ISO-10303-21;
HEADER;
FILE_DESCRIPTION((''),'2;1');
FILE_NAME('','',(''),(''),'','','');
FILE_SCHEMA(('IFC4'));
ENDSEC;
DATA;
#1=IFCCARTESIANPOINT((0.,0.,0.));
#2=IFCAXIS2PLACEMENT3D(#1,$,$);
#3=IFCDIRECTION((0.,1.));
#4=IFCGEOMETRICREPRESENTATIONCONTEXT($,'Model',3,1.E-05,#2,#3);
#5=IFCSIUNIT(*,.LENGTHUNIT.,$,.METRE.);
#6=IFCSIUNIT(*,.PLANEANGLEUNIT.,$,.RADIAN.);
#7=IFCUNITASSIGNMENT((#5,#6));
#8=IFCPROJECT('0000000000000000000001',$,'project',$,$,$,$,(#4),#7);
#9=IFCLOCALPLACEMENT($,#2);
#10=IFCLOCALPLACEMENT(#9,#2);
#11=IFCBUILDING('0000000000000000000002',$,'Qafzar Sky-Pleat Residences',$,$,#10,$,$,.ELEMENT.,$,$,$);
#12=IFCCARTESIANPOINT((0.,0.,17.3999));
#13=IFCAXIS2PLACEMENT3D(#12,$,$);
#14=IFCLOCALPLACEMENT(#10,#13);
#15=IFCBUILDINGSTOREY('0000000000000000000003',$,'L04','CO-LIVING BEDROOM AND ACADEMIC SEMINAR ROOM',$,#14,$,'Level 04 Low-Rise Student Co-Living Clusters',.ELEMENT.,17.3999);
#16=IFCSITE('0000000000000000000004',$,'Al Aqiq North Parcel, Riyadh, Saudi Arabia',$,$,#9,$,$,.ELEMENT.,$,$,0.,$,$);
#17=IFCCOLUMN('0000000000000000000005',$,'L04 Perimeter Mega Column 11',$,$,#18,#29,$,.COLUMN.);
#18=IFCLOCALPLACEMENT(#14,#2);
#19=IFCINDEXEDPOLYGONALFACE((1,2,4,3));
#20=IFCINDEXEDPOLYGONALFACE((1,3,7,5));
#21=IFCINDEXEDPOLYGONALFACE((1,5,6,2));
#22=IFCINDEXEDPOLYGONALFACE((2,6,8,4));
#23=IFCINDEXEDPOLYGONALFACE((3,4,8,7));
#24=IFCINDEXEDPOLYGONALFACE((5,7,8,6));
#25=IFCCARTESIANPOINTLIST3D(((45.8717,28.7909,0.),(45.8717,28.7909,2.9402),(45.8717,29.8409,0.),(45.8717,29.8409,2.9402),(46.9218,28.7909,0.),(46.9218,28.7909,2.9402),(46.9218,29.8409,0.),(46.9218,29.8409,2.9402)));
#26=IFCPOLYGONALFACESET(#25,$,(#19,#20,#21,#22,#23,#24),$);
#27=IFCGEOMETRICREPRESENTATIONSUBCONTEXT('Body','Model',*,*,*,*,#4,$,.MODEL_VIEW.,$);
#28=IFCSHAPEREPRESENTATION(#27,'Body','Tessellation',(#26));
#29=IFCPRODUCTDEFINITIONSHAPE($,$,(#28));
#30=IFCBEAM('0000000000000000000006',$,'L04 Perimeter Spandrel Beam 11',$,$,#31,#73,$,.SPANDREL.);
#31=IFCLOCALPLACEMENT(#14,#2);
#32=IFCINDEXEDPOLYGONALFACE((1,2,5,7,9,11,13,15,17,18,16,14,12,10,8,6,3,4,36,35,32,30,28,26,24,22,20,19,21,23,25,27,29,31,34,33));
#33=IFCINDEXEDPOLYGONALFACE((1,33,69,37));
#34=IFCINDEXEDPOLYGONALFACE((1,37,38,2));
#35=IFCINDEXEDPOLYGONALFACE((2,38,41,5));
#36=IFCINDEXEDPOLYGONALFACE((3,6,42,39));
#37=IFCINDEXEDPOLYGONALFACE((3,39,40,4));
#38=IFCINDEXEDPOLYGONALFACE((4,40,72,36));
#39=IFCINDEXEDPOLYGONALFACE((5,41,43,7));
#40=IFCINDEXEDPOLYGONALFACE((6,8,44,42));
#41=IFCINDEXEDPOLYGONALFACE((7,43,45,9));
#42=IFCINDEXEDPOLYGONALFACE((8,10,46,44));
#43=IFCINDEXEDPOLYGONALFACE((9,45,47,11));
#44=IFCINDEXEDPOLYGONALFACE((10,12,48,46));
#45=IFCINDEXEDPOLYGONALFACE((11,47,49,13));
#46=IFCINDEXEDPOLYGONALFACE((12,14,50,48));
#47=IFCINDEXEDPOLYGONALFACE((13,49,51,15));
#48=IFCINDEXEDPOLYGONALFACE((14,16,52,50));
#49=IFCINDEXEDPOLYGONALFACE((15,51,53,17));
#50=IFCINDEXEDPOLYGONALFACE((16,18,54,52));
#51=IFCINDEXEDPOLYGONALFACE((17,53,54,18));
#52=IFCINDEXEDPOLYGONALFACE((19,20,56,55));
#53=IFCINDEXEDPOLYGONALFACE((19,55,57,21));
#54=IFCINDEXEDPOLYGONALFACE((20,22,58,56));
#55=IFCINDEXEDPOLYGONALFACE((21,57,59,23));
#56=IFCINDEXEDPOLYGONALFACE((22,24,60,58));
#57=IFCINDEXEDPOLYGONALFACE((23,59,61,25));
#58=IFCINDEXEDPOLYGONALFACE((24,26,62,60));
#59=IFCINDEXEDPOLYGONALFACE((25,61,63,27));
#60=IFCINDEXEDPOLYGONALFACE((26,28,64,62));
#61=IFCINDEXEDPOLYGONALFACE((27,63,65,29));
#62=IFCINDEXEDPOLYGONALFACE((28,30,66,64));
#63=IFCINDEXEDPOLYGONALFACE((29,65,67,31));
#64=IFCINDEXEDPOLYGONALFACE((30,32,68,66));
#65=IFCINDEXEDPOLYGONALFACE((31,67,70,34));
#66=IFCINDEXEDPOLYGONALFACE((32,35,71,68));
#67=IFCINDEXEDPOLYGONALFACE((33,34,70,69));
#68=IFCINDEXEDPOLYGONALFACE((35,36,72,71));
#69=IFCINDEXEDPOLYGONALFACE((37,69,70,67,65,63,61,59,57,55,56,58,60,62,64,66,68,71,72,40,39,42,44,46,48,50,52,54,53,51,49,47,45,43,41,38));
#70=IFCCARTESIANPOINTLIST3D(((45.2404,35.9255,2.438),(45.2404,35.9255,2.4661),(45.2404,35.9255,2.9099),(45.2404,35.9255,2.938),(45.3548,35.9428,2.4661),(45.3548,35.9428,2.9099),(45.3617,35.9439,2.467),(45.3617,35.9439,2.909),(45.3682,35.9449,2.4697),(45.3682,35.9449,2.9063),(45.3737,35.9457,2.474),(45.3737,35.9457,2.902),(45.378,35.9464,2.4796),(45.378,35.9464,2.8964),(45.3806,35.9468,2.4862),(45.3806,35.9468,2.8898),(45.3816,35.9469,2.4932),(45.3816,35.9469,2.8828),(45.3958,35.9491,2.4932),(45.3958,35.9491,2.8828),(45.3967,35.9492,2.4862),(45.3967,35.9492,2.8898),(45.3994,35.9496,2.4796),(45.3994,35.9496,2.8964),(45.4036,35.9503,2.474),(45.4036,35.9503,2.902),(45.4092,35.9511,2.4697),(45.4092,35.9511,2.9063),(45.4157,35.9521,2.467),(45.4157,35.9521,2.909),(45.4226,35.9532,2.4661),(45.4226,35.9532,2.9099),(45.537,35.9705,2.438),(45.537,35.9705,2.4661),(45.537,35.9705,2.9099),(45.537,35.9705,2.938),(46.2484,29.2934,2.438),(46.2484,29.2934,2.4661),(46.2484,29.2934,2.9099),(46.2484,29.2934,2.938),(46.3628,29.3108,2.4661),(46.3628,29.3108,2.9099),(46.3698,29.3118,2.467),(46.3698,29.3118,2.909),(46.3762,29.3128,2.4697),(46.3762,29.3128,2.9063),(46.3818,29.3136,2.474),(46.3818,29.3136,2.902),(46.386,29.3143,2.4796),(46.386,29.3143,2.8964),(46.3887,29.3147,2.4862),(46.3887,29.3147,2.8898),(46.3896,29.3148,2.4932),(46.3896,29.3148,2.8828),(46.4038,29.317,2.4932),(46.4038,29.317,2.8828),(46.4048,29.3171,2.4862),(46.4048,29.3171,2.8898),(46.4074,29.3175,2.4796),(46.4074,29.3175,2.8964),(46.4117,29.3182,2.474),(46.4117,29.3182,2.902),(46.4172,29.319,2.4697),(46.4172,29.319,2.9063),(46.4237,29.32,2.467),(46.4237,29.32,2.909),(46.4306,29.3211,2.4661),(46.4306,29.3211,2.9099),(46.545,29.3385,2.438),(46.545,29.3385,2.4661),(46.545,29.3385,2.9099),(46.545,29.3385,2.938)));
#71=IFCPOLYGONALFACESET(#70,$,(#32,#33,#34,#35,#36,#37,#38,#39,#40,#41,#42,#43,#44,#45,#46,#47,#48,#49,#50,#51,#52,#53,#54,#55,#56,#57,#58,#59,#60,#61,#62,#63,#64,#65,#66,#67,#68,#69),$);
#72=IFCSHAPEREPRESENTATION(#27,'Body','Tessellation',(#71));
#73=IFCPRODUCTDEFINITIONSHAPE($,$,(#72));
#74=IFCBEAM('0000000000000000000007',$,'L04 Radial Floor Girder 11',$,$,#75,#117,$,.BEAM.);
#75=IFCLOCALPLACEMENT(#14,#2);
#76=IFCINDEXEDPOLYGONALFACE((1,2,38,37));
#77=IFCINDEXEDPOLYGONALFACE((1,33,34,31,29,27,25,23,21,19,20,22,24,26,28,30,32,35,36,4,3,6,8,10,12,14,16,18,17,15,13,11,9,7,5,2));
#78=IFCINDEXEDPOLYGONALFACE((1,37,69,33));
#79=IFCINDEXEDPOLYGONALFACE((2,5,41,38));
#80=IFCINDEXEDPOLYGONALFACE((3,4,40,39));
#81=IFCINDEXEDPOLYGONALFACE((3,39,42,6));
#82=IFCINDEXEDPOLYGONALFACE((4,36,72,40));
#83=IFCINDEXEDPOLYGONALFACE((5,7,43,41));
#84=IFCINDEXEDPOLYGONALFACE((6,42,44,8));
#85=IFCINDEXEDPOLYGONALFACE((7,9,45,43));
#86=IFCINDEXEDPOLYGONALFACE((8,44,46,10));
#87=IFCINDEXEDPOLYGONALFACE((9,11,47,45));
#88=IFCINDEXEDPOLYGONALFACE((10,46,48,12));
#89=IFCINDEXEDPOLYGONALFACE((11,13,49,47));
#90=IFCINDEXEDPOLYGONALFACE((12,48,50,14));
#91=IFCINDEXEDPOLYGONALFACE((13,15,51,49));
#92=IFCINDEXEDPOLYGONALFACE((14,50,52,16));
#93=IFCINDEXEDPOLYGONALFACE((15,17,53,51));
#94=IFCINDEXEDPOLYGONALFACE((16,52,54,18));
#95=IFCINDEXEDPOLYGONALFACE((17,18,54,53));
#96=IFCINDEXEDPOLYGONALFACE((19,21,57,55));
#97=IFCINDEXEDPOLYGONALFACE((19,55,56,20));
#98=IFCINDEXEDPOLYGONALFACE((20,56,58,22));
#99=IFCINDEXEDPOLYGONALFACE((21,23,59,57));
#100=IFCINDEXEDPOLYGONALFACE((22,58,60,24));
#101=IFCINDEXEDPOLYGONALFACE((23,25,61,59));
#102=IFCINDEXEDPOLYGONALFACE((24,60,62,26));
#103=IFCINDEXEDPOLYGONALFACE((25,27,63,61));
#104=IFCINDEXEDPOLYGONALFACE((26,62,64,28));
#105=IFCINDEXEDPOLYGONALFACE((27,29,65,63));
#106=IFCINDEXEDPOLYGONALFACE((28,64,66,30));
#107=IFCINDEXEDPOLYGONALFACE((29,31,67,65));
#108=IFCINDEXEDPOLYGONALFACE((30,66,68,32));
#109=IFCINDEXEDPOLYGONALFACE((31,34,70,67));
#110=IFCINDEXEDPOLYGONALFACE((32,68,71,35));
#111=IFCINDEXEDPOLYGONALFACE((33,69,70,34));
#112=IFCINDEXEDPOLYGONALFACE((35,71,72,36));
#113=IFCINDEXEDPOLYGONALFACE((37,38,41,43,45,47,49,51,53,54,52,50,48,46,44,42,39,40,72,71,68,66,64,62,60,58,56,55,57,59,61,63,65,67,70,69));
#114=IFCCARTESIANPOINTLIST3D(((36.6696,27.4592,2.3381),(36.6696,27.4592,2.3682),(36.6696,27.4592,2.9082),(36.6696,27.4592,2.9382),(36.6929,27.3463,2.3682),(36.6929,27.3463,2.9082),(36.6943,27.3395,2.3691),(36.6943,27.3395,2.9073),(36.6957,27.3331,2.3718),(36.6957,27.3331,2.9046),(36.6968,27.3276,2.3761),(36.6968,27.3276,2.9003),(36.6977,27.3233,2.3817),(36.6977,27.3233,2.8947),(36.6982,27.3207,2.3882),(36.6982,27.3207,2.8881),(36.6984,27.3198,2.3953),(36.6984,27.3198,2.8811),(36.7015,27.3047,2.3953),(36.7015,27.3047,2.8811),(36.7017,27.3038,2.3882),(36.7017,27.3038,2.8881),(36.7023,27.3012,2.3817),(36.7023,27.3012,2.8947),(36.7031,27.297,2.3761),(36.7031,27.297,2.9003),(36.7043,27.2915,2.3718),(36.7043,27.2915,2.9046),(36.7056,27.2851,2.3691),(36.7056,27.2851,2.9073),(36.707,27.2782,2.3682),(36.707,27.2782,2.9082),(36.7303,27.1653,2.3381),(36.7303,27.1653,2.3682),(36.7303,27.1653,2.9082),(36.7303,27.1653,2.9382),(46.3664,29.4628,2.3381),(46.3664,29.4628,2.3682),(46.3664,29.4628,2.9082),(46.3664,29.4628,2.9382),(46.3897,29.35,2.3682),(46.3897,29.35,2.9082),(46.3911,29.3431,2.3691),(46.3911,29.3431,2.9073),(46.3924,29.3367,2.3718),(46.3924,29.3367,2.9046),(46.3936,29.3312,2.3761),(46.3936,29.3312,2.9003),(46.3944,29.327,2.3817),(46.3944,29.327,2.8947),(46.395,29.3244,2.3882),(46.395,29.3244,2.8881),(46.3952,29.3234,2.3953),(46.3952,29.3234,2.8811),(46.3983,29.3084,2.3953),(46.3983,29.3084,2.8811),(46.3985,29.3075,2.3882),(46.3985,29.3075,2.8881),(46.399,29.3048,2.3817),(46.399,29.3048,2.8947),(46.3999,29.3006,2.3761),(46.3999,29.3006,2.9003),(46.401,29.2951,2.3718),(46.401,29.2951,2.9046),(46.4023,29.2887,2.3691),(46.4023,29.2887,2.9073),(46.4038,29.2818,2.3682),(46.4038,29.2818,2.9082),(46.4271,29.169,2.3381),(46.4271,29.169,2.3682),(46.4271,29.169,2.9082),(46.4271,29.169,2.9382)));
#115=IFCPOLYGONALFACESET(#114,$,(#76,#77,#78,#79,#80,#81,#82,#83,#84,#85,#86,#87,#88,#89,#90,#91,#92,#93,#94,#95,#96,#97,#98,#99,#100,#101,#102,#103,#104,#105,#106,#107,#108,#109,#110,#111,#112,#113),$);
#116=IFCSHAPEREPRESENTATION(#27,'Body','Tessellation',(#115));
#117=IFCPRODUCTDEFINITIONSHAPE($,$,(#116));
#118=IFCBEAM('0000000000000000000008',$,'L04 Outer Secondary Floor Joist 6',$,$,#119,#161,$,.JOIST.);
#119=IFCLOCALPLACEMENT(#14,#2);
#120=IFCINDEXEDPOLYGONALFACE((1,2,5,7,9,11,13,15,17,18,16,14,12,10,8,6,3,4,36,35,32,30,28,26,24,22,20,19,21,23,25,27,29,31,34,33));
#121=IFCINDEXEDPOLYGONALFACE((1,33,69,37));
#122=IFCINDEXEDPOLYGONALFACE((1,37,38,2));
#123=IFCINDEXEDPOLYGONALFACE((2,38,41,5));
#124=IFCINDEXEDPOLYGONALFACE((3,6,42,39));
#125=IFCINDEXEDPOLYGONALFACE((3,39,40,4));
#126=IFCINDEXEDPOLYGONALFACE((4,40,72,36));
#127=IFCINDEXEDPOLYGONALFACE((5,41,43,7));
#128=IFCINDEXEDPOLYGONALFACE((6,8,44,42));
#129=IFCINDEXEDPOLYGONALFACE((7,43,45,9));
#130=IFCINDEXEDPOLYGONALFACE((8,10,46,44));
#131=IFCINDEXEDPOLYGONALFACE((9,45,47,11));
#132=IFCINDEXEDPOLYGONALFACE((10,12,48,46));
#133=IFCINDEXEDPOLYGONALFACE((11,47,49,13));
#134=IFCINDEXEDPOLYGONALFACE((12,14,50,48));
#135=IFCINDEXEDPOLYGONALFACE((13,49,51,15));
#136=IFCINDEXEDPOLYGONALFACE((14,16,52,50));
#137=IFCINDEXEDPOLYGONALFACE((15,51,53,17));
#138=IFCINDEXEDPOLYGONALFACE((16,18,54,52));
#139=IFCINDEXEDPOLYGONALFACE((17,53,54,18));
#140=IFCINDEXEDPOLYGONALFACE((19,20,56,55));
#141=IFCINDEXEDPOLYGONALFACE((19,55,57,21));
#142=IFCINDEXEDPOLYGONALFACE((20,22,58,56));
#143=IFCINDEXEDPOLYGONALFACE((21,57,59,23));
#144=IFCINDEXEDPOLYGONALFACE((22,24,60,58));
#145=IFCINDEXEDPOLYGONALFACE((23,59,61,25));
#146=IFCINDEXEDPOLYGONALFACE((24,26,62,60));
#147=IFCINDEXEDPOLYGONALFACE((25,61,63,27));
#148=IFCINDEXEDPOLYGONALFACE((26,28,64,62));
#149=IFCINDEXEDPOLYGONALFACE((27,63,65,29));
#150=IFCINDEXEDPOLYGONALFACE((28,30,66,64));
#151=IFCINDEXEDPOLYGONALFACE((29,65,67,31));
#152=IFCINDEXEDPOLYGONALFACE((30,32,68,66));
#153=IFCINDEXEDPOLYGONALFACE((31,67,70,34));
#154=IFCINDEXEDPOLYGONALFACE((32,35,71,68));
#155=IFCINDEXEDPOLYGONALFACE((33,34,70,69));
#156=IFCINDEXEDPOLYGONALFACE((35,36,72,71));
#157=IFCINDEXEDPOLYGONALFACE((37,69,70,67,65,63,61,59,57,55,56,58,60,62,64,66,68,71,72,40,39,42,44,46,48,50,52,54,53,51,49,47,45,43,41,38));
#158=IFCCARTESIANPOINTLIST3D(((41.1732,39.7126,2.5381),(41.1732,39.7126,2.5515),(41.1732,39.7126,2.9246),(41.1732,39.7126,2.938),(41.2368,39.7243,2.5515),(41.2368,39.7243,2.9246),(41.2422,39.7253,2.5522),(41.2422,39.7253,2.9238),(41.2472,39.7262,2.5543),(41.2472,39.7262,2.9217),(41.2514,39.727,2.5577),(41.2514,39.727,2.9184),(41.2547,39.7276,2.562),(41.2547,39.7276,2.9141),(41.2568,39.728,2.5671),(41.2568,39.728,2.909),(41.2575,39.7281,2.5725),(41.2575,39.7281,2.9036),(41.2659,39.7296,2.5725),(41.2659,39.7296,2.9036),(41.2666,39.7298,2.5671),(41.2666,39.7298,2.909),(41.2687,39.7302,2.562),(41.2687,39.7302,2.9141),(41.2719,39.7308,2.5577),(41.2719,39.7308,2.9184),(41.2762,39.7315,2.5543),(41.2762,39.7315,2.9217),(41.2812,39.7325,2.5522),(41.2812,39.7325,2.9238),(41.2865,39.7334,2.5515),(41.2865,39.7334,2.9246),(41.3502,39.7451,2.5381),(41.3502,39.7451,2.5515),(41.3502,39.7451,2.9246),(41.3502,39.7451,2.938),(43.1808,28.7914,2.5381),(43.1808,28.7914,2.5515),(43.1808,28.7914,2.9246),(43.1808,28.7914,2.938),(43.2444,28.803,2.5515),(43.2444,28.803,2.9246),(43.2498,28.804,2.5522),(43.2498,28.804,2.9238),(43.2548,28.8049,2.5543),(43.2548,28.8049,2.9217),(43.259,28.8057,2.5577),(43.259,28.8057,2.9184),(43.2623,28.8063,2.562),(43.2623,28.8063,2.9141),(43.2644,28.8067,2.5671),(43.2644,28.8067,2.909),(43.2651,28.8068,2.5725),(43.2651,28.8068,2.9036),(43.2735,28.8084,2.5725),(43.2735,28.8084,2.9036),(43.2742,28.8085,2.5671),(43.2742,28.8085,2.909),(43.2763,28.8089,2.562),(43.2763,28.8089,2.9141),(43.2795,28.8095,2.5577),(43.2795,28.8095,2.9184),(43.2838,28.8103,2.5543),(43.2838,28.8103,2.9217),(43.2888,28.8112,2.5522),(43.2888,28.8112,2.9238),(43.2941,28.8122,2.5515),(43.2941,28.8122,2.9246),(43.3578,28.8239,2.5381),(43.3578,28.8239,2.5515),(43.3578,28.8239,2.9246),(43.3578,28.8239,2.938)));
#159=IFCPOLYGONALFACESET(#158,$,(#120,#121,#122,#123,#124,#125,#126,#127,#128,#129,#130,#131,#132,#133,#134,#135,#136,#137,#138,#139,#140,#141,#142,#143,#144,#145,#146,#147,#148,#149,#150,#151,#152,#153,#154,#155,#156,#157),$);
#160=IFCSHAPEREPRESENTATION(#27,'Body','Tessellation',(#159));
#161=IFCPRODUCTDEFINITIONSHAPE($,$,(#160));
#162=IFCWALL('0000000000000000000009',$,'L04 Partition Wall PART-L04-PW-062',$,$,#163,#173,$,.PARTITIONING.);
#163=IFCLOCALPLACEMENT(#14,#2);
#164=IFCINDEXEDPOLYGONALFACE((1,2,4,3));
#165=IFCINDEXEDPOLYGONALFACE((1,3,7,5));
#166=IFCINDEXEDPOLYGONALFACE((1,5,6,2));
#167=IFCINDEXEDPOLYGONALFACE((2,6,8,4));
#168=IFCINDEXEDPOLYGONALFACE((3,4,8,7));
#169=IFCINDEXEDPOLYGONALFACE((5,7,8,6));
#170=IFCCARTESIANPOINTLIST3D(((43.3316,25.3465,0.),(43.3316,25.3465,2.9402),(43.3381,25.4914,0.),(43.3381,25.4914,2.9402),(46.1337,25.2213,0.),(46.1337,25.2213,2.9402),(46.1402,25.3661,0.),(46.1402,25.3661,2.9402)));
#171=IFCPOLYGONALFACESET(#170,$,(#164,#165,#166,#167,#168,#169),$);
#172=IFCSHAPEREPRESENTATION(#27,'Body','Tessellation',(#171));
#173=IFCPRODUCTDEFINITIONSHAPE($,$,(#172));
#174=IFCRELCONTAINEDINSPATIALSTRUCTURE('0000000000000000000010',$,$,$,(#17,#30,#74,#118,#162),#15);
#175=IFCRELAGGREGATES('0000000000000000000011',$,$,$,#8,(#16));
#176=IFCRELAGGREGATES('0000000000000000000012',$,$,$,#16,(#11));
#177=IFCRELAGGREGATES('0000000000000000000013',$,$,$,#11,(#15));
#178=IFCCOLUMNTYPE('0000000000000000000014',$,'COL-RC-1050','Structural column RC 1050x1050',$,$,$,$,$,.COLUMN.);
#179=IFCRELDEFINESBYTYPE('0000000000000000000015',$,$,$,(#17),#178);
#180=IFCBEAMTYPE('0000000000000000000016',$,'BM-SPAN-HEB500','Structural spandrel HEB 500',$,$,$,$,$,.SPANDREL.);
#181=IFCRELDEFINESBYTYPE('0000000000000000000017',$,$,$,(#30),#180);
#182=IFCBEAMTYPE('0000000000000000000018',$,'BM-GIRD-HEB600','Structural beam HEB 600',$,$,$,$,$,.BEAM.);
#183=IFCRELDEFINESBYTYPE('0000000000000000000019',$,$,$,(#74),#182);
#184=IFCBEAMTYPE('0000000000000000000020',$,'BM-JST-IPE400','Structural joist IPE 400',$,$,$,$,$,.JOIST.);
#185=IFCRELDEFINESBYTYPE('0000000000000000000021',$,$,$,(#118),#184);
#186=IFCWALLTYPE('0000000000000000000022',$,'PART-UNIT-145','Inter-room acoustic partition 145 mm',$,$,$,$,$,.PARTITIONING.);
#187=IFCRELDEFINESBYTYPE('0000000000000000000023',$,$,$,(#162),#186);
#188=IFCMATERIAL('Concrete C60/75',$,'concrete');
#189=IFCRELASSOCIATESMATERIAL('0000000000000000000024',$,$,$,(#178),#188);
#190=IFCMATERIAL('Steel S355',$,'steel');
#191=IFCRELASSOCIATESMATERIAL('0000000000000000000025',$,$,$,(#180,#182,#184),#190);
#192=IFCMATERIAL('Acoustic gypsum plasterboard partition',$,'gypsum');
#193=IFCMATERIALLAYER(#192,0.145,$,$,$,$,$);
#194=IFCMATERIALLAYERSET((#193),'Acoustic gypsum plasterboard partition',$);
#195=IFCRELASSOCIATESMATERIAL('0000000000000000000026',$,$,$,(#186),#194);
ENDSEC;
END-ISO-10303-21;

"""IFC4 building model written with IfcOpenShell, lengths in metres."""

from ifc_helpers import new_model, si_unit, direction, frame, frame_2d, origin, origin_2d, place, context, subcontext, project, spatial, rectangle, i_section, extrude, source, transform, mapped, material, layer, layer_set, material_profile, profile_set, type_object, element, save


model = new_model("IFC4")

# Units and contexts
model_context = context("Model", 3, precision=1e-05, world=origin(), true_north=direction((0.0, 1.0)))
body_context = subcontext(model_context, "Body", "Model", "MODEL_VIEW")
ifc_project = project(units=[si_unit("LENGTHUNIT", "METRE"), si_unit("PLANEANGLEUNIT", "RADIAN")], contexts=[model_context])

# Site, building, storey
site_placement = place(None, origin())
site = spatial("IfcSite", under=ifc_project, at=site_placement, Name="Al Aqiq North Parcel, Riyadh, Saudi Arabia", CompositionType="ELEMENT", RefElevation=0.0)
building_placement = place(site_placement, origin())
building = spatial("IfcBuilding", under=site, at=building_placement, Name="Qafzar Sky-Pleat Residences", CompositionType="ELEMENT")
storey_placement = place(building_placement, frame((0.0, 0.0, 17.3999)))
storey = spatial("IfcBuildingStorey", under=building, at=storey_placement, Name="L04", Description="CO-LIVING BEDROOM AND ACADEMIC SEMINAR ROOM", LongName="Level 04 Low-Rise Student Co-Living Clusters", CompositionType="ELEMENT", Elevation=17.3999)

# Column
ifc_material_1 = material(Name="Concrete C60/75", Category="concrete")
ifc_material_profile_1 = material_profile(ifc_material_1, rectangle(XDim=1.05, YDim=1.05, at=origin_2d()), Name="RC 1050x1050")
ifc_profile_set_1 = profile_set([ifc_material_profile_1], Name="Concrete C60/75")
column_type = type_object("IfcColumnType", Name="COL-RC-1050", Description="Structural column RC 1050x1050", PredefinedType="COLUMN", material=ifc_profile_set_1)
shared_shape_1 = source(origin(), body_context, "Body", "SweptSolid", [
    extrude(rectangle(XDim=1.05, YDim=1.05, at=origin_2d()), origin(), (0.0, 0.0, 1.0), 2.9402),
])
column_placement = place(storey_placement, frame((46.3967, 29.3159, 0.0), z_axis=(0.0, 0.0, 1.0), x_axis=(1.0, 0.0, 0.0)))
element("IfcColumn", 1, at=column_placement, inside=storey, type_object=column_type, Name="L04 Perimeter Mega Column 11", PredefinedType="COLUMN", context=body_context, shape_type="MappedRepresentation", body=[
    mapped(shared_shape_1, transform((0.0, 0.0, 0.0), x_axis=(1.0, 0.0, 0.0), y_axis=(0.0, 1.0, 0.0), z_axis=(0.0, 0.0, 1.0), scale=1.0)),
])

# Beams
ifc_material_2 = material(Name="Steel S355", Category="steel")
ifc_material_profile_2 = material_profile(ifc_material_2, i_section(OverallWidth=0.3, OverallDepth=0.5, WebThickness=0.0144, FlangeThickness=0.0281, FilletRadius=0.0271, at=origin_2d()), Name="HEB 500")
ifc_profile_set_2 = profile_set([ifc_material_profile_2], Name="Steel S355")
beam_type_1 = type_object("IfcBeamType", Name="BM-SPAN-HEB500", Description="Structural spandrel HEB 500", PredefinedType="SPANDREL", material=ifc_profile_set_2)
shared_shape_2 = source(origin(), body_context, "Body", "SweptSolid", [
    extrude(i_section(OverallWidth=0.3, OverallDepth=0.5, WebThickness=0.0144, FlangeThickness=0.0281, FilletRadius=0.0271, at=origin_2d()), origin(), (0.0, 0.0, 1.0), 6.7083),
])
beam_1_placement = place(storey_placement, frame((46.3967, 29.3159, 2.688), z_axis=(-0.150271, 0.988645, 0.0), x_axis=(-0.988645, -0.150271, 0.0)))
element("IfcBeam", 2, at=beam_1_placement, inside=storey, type_object=beam_type_1, Name="L04 Perimeter Spandrel Beam 11", PredefinedType="SPANDREL", context=body_context, shape_type="MappedRepresentation", body=[
    mapped(shared_shape_2, transform((0.0, 0.0, 0.0), x_axis=(1.0, 0.0, 0.0), y_axis=(0.0, 1.0, 0.0), z_axis=(0.0, 0.0, 1.0), scale=1.0)),
])
ifc_material_profile_3 = material_profile(ifc_material_2, i_section(OverallWidth=0.3, OverallDepth=0.6001, WebThickness=0.0154, FlangeThickness=0.03, FilletRadius=0.0271, at=origin_2d()), Name="HEB 600")
ifc_profile_set_3 = profile_set([ifc_material_profile_3], Name="Steel S355")
beam_type_2 = type_object("IfcBeamType", Name="BM-GIRD-HEB600", Description="Structural beam HEB 600", PredefinedType="BEAM", material=ifc_profile_set_3)
shared_shape_3 = source(origin(), body_context, "Body", "SweptSolid", [
    extrude(i_section(OverallWidth=0.3, OverallDepth=0.6001, WebThickness=0.0154, FlangeThickness=0.03, FilletRadius=0.0271, at=origin_2d()), origin(), (0.0, 0.0, 1.0), 9.9016),
])
beam_2_placement = place(storey_placement, frame((46.3967, 29.3159, 2.6382), z_axis=(-0.979312, -0.202357, 0.0), x_axis=(0.202357, -0.979312, 0.0)))
element("IfcBeam", 3, at=beam_2_placement, inside=storey, type_object=beam_type_2, Name="L04 Radial Floor Girder 11", PredefinedType="BEAM", context=body_context, shape_type="MappedRepresentation", body=[
    mapped(shared_shape_3, transform((0.0, 0.0, 0.0), x_axis=(1.0, 0.0, 0.0), y_axis=(0.0, 1.0, 0.0), z_axis=(0.0, 0.0, 1.0), scale=1.0)),
])
ifc_material_profile_4 = material_profile(ifc_material_2, i_section(OverallWidth=0.1799, OverallDepth=0.3999, WebThickness=0.0085, FlangeThickness=0.0134, FilletRadius=0.021, at=origin_2d()), Name="IPE 400")
ifc_profile_set_4 = profile_set([ifc_material_profile_4], Name="Steel S355")
beam_type_3 = type_object("IfcBeamType", Name="BM-JST-IPE400", Description="Structural joist IPE 400", PredefinedType="JOIST", material=ifc_profile_set_4)
shared_shape_4 = source(origin(), body_context, "Body", "SweptSolid", [
    extrude(i_section(OverallWidth=0.1799, OverallDepth=0.3999, WebThickness=0.0085, FlangeThickness=0.0134, FilletRadius=0.021, at=origin_2d()), origin(), (0.0, 0.0, 1.0), 11.1042),
])
beam_3_placement = place(storey_placement, frame((43.2693, 28.8076, 2.738), z_axis=(-0.180795, 0.983521, 0.0), x_axis=(-0.983521, -0.180795, 0.0)))
element("IfcBeam", 4, at=beam_3_placement, inside=storey, type_object=beam_type_3, Name="L04 Outer Secondary Floor Joist 6", PredefinedType="JOIST", context=body_context, shape_type="MappedRepresentation", body=[
    mapped(shared_shape_4, transform((0.0, 0.0, 0.0), x_axis=(1.0, 0.0, 0.0), y_axis=(0.0, 1.0, 0.0), z_axis=(0.0, 0.0, 1.0), scale=1.0)),
])

# Wall
ifc_material_3 = material(Name="Acoustic gypsum plasterboard partition", Category="gypsum")
ifc_layer_1 = layer(ifc_material_3, 0.145)
ifc_layer_set_1 = layer_set([ifc_layer_1], Name="Acoustic gypsum plasterboard partition")
wall_type_1 = type_object("IfcWallType", Name="PART-UNIT-145", Description="Inter-room acoustic partition 145 mm", PredefinedType="PARTITIONING", material=ifc_layer_set_1)
wall_1_placement = place(storey_placement, frame((43.335, 25.4189, 0.0), z_axis=(0.0, 0.0, 1.0), x_axis=(0.999003, -0.04465, 0.0)))
element("IfcWall", 5, at=wall_1_placement, inside=storey, type_object=wall_type_1, Name="L04 Partition Wall PART-L04-PW-062", PredefinedType="PARTITIONING", context=body_context, shape_type="SweptSolid", body=[
    extrude(rectangle(XDim=2.8049, YDim=0.145, at=frame_2d((1.4023, 0.0))), origin(), (0.0, 0.0, 1.0), 2.9402),
])

save(model, "model.ifc")
